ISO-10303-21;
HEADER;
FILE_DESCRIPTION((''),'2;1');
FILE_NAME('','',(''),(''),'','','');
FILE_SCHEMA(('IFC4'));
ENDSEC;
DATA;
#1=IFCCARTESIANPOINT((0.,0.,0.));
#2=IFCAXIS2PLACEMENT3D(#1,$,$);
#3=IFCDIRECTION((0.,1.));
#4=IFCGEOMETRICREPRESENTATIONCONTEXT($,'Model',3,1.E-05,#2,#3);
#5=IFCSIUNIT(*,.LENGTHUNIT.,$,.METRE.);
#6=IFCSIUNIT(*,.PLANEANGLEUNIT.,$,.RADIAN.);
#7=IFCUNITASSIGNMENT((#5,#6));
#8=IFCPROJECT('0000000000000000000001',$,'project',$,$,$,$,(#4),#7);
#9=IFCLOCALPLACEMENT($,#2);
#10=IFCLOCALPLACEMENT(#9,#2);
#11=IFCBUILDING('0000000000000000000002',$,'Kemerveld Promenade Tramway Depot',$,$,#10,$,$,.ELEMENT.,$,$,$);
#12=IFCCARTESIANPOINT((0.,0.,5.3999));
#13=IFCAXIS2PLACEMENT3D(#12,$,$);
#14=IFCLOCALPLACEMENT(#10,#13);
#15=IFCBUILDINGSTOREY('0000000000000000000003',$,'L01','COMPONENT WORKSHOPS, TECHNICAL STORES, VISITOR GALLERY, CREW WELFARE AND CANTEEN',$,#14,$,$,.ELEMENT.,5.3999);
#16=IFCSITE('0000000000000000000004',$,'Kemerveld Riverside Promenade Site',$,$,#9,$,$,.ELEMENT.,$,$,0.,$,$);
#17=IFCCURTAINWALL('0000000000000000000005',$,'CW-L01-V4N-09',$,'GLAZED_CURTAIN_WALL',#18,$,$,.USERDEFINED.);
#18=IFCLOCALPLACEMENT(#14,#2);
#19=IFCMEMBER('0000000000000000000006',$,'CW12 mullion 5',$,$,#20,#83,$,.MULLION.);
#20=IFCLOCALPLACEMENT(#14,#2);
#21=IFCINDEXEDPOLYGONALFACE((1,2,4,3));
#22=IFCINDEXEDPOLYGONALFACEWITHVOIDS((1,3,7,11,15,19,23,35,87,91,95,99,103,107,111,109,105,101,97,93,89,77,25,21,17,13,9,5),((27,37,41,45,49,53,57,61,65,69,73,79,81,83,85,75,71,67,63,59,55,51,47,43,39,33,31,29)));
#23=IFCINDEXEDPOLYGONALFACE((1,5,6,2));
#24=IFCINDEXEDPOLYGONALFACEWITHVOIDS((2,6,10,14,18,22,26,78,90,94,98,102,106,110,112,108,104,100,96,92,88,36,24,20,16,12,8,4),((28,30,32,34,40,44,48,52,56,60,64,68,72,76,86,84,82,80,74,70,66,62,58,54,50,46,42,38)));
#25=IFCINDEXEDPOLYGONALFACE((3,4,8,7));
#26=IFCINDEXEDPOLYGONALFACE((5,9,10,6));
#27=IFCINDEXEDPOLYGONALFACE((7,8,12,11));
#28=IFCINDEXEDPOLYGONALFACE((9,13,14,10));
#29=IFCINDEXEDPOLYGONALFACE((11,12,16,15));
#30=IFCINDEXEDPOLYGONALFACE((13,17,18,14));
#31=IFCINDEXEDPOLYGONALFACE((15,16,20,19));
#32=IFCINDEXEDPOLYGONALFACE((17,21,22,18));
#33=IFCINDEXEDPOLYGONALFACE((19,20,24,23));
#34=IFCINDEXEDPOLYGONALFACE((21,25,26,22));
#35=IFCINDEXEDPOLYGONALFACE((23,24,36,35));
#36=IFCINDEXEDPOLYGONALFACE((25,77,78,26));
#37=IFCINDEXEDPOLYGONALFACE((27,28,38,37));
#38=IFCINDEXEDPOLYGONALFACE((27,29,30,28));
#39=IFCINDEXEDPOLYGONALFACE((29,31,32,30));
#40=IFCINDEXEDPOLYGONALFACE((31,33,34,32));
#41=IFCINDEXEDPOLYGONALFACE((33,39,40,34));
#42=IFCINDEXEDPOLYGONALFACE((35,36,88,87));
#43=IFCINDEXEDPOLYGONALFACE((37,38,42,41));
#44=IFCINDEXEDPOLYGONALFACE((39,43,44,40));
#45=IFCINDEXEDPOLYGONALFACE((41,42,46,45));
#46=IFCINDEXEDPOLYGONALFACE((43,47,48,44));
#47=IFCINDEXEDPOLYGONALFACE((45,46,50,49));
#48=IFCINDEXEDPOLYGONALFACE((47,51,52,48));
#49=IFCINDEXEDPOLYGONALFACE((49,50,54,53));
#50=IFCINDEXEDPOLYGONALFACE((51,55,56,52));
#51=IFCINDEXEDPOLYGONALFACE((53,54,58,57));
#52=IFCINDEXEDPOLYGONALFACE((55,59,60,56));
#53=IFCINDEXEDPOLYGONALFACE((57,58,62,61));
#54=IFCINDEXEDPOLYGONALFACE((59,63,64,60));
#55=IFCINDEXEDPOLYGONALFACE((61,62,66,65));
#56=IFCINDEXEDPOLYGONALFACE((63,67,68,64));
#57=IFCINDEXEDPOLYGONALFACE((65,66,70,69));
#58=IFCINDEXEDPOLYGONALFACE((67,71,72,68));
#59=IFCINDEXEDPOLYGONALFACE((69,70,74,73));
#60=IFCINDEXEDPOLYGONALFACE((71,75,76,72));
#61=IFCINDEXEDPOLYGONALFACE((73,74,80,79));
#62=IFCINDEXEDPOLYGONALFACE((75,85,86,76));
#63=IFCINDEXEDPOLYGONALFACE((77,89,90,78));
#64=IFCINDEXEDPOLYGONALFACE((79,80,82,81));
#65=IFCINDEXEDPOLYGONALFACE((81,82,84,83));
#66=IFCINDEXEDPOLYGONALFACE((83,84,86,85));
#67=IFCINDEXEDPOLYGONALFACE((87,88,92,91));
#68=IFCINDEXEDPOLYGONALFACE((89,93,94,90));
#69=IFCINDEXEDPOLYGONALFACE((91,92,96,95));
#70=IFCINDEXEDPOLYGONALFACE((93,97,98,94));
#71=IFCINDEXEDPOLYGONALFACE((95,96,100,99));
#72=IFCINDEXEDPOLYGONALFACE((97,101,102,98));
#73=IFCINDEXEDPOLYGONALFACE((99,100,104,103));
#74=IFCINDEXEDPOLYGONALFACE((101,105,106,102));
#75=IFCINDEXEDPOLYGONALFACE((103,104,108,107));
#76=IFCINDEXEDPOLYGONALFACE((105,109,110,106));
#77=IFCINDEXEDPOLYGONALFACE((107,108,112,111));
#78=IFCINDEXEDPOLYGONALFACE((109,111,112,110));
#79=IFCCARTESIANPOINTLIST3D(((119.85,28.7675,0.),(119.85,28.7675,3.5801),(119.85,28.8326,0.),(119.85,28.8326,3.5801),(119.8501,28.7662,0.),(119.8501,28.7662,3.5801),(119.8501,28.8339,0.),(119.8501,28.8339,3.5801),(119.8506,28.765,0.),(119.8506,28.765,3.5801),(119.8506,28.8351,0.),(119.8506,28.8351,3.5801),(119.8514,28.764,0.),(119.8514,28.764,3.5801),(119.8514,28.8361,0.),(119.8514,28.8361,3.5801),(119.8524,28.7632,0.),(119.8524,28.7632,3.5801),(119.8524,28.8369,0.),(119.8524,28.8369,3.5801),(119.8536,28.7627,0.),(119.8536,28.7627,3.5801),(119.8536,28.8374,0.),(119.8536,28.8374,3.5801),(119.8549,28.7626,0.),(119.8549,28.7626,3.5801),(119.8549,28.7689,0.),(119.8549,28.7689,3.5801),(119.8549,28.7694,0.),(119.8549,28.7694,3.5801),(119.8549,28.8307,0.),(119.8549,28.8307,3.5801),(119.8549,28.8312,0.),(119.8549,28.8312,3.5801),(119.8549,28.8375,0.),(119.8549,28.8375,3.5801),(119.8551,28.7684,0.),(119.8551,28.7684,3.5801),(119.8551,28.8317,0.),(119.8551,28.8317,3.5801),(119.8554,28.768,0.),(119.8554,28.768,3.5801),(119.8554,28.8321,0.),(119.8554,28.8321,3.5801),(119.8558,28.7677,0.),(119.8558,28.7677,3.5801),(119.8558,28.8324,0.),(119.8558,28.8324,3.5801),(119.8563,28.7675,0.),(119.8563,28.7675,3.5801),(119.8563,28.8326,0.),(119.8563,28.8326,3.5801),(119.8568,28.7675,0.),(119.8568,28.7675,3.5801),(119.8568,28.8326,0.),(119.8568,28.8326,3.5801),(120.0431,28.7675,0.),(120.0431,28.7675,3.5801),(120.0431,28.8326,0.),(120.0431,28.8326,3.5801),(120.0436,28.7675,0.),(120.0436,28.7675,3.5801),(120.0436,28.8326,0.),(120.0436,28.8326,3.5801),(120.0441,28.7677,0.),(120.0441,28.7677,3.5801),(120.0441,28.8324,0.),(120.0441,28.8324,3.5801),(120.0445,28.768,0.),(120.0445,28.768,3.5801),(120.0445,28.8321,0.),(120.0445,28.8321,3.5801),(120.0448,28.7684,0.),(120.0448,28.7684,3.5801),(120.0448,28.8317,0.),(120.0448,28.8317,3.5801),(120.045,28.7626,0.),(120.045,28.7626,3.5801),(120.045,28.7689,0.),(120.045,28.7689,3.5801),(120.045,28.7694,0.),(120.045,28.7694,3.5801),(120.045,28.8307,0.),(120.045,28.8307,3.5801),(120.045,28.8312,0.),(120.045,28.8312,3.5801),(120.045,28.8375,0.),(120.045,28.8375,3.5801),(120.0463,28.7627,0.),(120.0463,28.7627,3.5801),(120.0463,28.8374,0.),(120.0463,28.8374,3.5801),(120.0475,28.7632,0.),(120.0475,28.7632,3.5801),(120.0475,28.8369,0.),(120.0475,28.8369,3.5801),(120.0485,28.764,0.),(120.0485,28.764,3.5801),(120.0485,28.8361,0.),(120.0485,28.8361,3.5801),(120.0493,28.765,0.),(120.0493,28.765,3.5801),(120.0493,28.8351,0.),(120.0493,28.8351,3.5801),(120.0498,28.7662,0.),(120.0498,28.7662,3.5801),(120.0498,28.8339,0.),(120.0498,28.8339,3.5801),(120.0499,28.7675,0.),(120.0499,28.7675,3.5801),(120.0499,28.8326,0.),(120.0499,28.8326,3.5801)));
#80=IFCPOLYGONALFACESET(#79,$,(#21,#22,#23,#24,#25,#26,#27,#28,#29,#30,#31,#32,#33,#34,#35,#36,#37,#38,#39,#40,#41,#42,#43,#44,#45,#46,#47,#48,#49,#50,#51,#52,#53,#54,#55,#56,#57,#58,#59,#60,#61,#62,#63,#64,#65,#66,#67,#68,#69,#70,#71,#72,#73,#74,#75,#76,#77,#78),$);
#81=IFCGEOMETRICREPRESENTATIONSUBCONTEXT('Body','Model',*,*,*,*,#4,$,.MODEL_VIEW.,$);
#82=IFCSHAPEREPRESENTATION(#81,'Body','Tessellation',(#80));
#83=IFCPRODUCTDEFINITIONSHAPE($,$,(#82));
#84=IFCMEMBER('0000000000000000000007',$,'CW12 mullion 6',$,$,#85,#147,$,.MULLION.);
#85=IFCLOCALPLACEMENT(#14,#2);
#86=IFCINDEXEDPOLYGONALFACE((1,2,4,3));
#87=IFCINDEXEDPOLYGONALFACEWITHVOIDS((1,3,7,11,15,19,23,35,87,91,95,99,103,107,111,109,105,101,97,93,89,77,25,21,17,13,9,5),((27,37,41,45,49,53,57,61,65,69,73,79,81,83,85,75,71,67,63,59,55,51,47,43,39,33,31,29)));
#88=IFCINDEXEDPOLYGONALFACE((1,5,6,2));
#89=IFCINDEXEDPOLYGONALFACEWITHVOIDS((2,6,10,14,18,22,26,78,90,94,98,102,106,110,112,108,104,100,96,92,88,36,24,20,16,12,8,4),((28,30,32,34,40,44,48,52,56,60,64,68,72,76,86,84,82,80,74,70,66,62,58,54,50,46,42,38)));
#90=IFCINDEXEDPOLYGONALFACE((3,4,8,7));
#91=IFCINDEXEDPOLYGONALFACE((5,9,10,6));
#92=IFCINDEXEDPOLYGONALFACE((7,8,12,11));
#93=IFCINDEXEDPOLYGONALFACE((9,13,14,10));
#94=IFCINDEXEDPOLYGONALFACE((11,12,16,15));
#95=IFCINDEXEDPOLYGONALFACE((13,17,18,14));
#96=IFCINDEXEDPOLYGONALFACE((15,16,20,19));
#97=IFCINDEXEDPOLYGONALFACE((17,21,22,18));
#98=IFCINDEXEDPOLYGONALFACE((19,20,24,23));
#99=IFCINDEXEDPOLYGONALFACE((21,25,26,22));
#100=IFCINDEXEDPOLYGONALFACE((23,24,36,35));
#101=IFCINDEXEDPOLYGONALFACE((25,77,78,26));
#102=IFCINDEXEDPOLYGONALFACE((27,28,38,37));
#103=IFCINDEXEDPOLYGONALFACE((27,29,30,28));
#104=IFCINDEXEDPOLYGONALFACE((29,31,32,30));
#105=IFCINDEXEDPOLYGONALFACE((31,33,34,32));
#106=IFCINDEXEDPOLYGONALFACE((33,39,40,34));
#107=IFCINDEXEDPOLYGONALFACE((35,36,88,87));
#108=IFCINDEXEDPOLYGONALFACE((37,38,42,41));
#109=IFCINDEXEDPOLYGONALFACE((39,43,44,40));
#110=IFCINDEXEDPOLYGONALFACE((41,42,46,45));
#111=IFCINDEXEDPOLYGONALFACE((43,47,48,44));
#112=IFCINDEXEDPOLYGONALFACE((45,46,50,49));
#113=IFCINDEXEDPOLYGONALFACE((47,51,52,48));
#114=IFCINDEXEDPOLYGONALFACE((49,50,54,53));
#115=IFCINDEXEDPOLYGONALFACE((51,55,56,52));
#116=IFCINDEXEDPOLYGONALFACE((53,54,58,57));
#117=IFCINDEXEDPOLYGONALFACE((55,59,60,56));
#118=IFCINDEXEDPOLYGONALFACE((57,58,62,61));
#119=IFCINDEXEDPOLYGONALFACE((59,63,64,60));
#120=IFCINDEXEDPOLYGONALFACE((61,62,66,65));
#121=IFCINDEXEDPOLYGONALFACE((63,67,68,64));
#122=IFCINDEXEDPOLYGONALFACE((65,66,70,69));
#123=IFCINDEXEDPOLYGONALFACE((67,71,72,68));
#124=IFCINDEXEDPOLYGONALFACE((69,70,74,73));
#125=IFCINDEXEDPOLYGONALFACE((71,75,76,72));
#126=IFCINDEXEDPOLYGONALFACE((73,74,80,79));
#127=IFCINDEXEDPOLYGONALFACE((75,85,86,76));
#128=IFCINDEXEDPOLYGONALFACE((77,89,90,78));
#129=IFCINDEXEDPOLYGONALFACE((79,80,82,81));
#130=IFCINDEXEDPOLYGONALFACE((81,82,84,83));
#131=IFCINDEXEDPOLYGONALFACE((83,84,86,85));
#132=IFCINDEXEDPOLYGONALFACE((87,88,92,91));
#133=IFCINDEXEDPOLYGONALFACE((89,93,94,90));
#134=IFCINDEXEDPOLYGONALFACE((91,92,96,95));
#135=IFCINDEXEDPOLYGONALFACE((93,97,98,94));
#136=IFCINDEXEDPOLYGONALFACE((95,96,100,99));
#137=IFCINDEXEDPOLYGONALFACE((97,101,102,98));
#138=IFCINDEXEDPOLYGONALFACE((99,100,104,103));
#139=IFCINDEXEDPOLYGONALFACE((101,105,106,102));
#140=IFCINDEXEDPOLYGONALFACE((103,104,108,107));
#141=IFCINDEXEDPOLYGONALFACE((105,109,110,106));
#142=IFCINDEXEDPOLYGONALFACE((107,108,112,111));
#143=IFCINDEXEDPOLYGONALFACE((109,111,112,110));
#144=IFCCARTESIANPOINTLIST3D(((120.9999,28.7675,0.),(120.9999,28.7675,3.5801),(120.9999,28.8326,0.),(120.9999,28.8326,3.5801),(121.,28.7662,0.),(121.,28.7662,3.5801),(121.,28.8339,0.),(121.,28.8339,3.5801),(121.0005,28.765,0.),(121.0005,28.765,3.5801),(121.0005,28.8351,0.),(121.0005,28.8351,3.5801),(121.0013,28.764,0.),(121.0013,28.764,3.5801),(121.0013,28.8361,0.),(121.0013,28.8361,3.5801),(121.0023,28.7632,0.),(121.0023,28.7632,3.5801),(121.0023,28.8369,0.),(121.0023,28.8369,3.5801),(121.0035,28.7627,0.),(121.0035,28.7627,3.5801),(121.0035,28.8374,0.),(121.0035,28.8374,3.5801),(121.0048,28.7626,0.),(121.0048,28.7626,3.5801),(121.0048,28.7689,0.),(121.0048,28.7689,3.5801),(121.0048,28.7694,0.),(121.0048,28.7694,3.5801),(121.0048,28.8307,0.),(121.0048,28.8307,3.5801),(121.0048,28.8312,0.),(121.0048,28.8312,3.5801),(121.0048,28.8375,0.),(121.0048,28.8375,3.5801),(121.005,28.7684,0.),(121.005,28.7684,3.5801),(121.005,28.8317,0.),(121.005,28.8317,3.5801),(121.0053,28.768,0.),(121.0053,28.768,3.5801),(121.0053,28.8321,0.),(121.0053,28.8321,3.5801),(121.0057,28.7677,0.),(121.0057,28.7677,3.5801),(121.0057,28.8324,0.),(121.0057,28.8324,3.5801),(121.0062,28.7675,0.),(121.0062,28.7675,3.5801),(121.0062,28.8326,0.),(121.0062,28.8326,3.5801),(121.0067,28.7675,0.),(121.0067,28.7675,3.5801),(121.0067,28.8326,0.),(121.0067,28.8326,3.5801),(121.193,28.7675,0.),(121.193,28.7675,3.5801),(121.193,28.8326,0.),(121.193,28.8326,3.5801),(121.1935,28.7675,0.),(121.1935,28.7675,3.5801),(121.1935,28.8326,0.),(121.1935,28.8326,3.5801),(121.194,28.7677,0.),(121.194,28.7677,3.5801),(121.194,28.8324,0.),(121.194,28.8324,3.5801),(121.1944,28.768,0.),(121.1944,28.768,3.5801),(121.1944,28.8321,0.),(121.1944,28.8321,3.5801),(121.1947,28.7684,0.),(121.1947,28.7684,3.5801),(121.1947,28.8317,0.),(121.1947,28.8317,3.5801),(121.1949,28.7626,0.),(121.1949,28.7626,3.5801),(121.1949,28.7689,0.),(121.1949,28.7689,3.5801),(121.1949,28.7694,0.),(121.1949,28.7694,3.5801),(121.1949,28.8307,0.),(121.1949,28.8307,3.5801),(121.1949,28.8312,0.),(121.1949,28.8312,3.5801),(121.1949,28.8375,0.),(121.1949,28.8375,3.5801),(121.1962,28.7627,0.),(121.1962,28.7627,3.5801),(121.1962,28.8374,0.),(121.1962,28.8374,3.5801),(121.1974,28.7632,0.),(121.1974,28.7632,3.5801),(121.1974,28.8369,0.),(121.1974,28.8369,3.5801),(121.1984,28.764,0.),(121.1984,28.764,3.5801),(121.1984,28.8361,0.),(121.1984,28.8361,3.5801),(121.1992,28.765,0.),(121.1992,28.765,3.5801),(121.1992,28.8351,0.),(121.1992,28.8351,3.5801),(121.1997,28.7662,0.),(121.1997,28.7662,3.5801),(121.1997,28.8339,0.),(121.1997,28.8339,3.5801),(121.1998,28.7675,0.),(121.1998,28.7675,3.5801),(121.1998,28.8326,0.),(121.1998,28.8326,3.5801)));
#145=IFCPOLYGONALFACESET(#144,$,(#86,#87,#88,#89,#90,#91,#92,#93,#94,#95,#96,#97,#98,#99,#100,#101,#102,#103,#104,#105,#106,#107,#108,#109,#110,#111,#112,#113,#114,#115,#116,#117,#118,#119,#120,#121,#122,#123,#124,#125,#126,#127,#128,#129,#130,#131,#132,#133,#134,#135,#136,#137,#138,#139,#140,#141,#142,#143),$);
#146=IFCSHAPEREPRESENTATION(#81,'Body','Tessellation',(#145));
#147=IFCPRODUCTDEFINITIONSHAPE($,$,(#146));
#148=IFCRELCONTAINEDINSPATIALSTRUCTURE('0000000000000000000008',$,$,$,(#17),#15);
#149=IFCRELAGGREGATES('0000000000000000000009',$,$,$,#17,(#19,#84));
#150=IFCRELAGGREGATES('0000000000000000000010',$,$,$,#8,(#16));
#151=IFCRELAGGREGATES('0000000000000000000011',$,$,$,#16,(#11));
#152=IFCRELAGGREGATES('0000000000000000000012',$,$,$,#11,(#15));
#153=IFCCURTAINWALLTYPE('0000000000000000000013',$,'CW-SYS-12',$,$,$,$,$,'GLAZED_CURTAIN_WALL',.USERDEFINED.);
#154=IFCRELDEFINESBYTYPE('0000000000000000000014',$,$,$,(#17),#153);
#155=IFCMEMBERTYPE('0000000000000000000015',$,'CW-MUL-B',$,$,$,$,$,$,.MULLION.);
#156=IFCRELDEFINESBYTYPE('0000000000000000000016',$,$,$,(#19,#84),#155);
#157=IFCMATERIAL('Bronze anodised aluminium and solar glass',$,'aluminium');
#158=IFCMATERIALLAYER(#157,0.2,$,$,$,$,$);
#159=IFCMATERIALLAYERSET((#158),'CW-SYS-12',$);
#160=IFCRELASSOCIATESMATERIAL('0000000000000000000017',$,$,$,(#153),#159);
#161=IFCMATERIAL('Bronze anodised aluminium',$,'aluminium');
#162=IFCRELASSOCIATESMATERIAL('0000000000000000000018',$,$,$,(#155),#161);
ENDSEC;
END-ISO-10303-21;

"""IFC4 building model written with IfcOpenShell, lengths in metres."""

from ifc_helpers import new_model, si_unit, direction, frame, origin, origin_2d, place, context, subcontext, project, spatial, hollow_rectangle, extrude, material, layer, layer_set, material_profile, profile_set, type_object, element, aggregate, save


model = new_model("IFC4")

# Units and contexts
model_context = context("Model", 3, precision=1e-05, world=origin(), true_north=direction((0.0, 1.0)))
body_context = subcontext(model_context, "Body", "Model", "MODEL_VIEW")
ifc_project = project(units=[si_unit("LENGTHUNIT", "METRE"), si_unit("PLANEANGLEUNIT", "RADIAN")], contexts=[model_context])

# Site, building, storey
site_placement = place(None, origin())
site = spatial("IfcSite", under=ifc_project, at=site_placement, Name="Kemerveld Riverside Promenade Site", CompositionType="ELEMENT", RefElevation=0.0)
building_placement = place(site_placement, origin())
building = spatial("IfcBuilding", under=site, at=building_placement, Name="Kemerveld Promenade Tramway Depot", CompositionType="ELEMENT")
storey_placement = place(building_placement, frame((0.0, 0.0, 5.3999)))
storey = spatial("IfcBuildingStorey", under=building, at=storey_placement, Name="L01", Description="COMPONENT WORKSHOPS, TECHNICAL STORES, VISITOR GALLERY, CREW WELFARE AND CANTEEN", CompositionType="ELEMENT", Elevation=5.3999)

# Curtain wall, members
ifc_material_1 = material(Name="Bronze anodised aluminium and solar glass", Category="aluminium")
ifc_layer_1 = layer(ifc_material_1, 0.2)
ifc_layer_set_1 = layer_set([ifc_layer_1], Name="CW-SYS-12")
curtain_wall_type = type_object("IfcCurtainWallType", Name="CW-SYS-12", ElementType="GLAZED_CURTAIN_WALL", PredefinedType="USERDEFINED", material=ifc_layer_set_1)
curtain_wall_placement = place(storey_placement, origin())
curtain_wall = element("IfcCurtainWall", 1, at=curtain_wall_placement, inside=storey, type_object=curtain_wall_type, Name="CW-L01-V4N-09", ObjectType="GLAZED_CURTAIN_WALL", PredefinedType="USERDEFINED")
ifc_material_2 = material(Name="Bronze anodised aluminium", Category="aluminium")
ifc_material_profile_1 = material_profile(ifc_material_2, hollow_rectangle(XDim=0.075, YDim=0.2, WallThickness=0.0049, InnerFilletRadius=0.002, OuterFilletRadius=0.0049, at=origin_2d()), Name="CW-MUL-200x75")
ifc_profile_set_1 = profile_set([ifc_material_profile_1], Name="Bronze anodised aluminium")
member_type_1 = type_object("IfcMemberType", Name="CW-MUL-B", PredefinedType="MULLION", material=ifc_profile_set_1)
member_1_placement = place(storey_placement, frame((119.95, 28.8, 0.0), z_axis=(0.0, 0.0, 1.0), x_axis=(0.0, 1.0, 0.0)))
member_1 = element("IfcMember", 2, at=member_1_placement, type_object=member_type_1, Name="CW12 mullion 5", PredefinedType="MULLION", context=body_context, shape_type="SweptSolid", body=[
    extrude(hollow_rectangle(XDim=0.075, YDim=0.2, WallThickness=0.0049, InnerFilletRadius=0.002, OuterFilletRadius=0.0049, at=origin_2d()), origin(), (0.0, 0.0, 1.0), 3.5801),
])
member_2_placement = place(storey_placement, frame((121.0999, 28.8, 0.0), z_axis=(0.0, 0.0, 1.0), x_axis=(0.0, 1.0, 0.0)))
member_2 = element("IfcMember", 3, at=member_2_placement, type_object=member_type_1, Name="CW12 mullion 6", PredefinedType="MULLION", context=body_context, shape_type="SweptSolid", body=[
    extrude(hollow_rectangle(XDim=0.075, YDim=0.2, WallThickness=0.0049, InnerFilletRadius=0.002, OuterFilletRadius=0.0049, at=origin_2d()), origin(), (0.0, 0.0, 1.0), 3.5801),
])
aggregate(curtain_wall, [member_1, member_2])

save(model, "model.ifc")
